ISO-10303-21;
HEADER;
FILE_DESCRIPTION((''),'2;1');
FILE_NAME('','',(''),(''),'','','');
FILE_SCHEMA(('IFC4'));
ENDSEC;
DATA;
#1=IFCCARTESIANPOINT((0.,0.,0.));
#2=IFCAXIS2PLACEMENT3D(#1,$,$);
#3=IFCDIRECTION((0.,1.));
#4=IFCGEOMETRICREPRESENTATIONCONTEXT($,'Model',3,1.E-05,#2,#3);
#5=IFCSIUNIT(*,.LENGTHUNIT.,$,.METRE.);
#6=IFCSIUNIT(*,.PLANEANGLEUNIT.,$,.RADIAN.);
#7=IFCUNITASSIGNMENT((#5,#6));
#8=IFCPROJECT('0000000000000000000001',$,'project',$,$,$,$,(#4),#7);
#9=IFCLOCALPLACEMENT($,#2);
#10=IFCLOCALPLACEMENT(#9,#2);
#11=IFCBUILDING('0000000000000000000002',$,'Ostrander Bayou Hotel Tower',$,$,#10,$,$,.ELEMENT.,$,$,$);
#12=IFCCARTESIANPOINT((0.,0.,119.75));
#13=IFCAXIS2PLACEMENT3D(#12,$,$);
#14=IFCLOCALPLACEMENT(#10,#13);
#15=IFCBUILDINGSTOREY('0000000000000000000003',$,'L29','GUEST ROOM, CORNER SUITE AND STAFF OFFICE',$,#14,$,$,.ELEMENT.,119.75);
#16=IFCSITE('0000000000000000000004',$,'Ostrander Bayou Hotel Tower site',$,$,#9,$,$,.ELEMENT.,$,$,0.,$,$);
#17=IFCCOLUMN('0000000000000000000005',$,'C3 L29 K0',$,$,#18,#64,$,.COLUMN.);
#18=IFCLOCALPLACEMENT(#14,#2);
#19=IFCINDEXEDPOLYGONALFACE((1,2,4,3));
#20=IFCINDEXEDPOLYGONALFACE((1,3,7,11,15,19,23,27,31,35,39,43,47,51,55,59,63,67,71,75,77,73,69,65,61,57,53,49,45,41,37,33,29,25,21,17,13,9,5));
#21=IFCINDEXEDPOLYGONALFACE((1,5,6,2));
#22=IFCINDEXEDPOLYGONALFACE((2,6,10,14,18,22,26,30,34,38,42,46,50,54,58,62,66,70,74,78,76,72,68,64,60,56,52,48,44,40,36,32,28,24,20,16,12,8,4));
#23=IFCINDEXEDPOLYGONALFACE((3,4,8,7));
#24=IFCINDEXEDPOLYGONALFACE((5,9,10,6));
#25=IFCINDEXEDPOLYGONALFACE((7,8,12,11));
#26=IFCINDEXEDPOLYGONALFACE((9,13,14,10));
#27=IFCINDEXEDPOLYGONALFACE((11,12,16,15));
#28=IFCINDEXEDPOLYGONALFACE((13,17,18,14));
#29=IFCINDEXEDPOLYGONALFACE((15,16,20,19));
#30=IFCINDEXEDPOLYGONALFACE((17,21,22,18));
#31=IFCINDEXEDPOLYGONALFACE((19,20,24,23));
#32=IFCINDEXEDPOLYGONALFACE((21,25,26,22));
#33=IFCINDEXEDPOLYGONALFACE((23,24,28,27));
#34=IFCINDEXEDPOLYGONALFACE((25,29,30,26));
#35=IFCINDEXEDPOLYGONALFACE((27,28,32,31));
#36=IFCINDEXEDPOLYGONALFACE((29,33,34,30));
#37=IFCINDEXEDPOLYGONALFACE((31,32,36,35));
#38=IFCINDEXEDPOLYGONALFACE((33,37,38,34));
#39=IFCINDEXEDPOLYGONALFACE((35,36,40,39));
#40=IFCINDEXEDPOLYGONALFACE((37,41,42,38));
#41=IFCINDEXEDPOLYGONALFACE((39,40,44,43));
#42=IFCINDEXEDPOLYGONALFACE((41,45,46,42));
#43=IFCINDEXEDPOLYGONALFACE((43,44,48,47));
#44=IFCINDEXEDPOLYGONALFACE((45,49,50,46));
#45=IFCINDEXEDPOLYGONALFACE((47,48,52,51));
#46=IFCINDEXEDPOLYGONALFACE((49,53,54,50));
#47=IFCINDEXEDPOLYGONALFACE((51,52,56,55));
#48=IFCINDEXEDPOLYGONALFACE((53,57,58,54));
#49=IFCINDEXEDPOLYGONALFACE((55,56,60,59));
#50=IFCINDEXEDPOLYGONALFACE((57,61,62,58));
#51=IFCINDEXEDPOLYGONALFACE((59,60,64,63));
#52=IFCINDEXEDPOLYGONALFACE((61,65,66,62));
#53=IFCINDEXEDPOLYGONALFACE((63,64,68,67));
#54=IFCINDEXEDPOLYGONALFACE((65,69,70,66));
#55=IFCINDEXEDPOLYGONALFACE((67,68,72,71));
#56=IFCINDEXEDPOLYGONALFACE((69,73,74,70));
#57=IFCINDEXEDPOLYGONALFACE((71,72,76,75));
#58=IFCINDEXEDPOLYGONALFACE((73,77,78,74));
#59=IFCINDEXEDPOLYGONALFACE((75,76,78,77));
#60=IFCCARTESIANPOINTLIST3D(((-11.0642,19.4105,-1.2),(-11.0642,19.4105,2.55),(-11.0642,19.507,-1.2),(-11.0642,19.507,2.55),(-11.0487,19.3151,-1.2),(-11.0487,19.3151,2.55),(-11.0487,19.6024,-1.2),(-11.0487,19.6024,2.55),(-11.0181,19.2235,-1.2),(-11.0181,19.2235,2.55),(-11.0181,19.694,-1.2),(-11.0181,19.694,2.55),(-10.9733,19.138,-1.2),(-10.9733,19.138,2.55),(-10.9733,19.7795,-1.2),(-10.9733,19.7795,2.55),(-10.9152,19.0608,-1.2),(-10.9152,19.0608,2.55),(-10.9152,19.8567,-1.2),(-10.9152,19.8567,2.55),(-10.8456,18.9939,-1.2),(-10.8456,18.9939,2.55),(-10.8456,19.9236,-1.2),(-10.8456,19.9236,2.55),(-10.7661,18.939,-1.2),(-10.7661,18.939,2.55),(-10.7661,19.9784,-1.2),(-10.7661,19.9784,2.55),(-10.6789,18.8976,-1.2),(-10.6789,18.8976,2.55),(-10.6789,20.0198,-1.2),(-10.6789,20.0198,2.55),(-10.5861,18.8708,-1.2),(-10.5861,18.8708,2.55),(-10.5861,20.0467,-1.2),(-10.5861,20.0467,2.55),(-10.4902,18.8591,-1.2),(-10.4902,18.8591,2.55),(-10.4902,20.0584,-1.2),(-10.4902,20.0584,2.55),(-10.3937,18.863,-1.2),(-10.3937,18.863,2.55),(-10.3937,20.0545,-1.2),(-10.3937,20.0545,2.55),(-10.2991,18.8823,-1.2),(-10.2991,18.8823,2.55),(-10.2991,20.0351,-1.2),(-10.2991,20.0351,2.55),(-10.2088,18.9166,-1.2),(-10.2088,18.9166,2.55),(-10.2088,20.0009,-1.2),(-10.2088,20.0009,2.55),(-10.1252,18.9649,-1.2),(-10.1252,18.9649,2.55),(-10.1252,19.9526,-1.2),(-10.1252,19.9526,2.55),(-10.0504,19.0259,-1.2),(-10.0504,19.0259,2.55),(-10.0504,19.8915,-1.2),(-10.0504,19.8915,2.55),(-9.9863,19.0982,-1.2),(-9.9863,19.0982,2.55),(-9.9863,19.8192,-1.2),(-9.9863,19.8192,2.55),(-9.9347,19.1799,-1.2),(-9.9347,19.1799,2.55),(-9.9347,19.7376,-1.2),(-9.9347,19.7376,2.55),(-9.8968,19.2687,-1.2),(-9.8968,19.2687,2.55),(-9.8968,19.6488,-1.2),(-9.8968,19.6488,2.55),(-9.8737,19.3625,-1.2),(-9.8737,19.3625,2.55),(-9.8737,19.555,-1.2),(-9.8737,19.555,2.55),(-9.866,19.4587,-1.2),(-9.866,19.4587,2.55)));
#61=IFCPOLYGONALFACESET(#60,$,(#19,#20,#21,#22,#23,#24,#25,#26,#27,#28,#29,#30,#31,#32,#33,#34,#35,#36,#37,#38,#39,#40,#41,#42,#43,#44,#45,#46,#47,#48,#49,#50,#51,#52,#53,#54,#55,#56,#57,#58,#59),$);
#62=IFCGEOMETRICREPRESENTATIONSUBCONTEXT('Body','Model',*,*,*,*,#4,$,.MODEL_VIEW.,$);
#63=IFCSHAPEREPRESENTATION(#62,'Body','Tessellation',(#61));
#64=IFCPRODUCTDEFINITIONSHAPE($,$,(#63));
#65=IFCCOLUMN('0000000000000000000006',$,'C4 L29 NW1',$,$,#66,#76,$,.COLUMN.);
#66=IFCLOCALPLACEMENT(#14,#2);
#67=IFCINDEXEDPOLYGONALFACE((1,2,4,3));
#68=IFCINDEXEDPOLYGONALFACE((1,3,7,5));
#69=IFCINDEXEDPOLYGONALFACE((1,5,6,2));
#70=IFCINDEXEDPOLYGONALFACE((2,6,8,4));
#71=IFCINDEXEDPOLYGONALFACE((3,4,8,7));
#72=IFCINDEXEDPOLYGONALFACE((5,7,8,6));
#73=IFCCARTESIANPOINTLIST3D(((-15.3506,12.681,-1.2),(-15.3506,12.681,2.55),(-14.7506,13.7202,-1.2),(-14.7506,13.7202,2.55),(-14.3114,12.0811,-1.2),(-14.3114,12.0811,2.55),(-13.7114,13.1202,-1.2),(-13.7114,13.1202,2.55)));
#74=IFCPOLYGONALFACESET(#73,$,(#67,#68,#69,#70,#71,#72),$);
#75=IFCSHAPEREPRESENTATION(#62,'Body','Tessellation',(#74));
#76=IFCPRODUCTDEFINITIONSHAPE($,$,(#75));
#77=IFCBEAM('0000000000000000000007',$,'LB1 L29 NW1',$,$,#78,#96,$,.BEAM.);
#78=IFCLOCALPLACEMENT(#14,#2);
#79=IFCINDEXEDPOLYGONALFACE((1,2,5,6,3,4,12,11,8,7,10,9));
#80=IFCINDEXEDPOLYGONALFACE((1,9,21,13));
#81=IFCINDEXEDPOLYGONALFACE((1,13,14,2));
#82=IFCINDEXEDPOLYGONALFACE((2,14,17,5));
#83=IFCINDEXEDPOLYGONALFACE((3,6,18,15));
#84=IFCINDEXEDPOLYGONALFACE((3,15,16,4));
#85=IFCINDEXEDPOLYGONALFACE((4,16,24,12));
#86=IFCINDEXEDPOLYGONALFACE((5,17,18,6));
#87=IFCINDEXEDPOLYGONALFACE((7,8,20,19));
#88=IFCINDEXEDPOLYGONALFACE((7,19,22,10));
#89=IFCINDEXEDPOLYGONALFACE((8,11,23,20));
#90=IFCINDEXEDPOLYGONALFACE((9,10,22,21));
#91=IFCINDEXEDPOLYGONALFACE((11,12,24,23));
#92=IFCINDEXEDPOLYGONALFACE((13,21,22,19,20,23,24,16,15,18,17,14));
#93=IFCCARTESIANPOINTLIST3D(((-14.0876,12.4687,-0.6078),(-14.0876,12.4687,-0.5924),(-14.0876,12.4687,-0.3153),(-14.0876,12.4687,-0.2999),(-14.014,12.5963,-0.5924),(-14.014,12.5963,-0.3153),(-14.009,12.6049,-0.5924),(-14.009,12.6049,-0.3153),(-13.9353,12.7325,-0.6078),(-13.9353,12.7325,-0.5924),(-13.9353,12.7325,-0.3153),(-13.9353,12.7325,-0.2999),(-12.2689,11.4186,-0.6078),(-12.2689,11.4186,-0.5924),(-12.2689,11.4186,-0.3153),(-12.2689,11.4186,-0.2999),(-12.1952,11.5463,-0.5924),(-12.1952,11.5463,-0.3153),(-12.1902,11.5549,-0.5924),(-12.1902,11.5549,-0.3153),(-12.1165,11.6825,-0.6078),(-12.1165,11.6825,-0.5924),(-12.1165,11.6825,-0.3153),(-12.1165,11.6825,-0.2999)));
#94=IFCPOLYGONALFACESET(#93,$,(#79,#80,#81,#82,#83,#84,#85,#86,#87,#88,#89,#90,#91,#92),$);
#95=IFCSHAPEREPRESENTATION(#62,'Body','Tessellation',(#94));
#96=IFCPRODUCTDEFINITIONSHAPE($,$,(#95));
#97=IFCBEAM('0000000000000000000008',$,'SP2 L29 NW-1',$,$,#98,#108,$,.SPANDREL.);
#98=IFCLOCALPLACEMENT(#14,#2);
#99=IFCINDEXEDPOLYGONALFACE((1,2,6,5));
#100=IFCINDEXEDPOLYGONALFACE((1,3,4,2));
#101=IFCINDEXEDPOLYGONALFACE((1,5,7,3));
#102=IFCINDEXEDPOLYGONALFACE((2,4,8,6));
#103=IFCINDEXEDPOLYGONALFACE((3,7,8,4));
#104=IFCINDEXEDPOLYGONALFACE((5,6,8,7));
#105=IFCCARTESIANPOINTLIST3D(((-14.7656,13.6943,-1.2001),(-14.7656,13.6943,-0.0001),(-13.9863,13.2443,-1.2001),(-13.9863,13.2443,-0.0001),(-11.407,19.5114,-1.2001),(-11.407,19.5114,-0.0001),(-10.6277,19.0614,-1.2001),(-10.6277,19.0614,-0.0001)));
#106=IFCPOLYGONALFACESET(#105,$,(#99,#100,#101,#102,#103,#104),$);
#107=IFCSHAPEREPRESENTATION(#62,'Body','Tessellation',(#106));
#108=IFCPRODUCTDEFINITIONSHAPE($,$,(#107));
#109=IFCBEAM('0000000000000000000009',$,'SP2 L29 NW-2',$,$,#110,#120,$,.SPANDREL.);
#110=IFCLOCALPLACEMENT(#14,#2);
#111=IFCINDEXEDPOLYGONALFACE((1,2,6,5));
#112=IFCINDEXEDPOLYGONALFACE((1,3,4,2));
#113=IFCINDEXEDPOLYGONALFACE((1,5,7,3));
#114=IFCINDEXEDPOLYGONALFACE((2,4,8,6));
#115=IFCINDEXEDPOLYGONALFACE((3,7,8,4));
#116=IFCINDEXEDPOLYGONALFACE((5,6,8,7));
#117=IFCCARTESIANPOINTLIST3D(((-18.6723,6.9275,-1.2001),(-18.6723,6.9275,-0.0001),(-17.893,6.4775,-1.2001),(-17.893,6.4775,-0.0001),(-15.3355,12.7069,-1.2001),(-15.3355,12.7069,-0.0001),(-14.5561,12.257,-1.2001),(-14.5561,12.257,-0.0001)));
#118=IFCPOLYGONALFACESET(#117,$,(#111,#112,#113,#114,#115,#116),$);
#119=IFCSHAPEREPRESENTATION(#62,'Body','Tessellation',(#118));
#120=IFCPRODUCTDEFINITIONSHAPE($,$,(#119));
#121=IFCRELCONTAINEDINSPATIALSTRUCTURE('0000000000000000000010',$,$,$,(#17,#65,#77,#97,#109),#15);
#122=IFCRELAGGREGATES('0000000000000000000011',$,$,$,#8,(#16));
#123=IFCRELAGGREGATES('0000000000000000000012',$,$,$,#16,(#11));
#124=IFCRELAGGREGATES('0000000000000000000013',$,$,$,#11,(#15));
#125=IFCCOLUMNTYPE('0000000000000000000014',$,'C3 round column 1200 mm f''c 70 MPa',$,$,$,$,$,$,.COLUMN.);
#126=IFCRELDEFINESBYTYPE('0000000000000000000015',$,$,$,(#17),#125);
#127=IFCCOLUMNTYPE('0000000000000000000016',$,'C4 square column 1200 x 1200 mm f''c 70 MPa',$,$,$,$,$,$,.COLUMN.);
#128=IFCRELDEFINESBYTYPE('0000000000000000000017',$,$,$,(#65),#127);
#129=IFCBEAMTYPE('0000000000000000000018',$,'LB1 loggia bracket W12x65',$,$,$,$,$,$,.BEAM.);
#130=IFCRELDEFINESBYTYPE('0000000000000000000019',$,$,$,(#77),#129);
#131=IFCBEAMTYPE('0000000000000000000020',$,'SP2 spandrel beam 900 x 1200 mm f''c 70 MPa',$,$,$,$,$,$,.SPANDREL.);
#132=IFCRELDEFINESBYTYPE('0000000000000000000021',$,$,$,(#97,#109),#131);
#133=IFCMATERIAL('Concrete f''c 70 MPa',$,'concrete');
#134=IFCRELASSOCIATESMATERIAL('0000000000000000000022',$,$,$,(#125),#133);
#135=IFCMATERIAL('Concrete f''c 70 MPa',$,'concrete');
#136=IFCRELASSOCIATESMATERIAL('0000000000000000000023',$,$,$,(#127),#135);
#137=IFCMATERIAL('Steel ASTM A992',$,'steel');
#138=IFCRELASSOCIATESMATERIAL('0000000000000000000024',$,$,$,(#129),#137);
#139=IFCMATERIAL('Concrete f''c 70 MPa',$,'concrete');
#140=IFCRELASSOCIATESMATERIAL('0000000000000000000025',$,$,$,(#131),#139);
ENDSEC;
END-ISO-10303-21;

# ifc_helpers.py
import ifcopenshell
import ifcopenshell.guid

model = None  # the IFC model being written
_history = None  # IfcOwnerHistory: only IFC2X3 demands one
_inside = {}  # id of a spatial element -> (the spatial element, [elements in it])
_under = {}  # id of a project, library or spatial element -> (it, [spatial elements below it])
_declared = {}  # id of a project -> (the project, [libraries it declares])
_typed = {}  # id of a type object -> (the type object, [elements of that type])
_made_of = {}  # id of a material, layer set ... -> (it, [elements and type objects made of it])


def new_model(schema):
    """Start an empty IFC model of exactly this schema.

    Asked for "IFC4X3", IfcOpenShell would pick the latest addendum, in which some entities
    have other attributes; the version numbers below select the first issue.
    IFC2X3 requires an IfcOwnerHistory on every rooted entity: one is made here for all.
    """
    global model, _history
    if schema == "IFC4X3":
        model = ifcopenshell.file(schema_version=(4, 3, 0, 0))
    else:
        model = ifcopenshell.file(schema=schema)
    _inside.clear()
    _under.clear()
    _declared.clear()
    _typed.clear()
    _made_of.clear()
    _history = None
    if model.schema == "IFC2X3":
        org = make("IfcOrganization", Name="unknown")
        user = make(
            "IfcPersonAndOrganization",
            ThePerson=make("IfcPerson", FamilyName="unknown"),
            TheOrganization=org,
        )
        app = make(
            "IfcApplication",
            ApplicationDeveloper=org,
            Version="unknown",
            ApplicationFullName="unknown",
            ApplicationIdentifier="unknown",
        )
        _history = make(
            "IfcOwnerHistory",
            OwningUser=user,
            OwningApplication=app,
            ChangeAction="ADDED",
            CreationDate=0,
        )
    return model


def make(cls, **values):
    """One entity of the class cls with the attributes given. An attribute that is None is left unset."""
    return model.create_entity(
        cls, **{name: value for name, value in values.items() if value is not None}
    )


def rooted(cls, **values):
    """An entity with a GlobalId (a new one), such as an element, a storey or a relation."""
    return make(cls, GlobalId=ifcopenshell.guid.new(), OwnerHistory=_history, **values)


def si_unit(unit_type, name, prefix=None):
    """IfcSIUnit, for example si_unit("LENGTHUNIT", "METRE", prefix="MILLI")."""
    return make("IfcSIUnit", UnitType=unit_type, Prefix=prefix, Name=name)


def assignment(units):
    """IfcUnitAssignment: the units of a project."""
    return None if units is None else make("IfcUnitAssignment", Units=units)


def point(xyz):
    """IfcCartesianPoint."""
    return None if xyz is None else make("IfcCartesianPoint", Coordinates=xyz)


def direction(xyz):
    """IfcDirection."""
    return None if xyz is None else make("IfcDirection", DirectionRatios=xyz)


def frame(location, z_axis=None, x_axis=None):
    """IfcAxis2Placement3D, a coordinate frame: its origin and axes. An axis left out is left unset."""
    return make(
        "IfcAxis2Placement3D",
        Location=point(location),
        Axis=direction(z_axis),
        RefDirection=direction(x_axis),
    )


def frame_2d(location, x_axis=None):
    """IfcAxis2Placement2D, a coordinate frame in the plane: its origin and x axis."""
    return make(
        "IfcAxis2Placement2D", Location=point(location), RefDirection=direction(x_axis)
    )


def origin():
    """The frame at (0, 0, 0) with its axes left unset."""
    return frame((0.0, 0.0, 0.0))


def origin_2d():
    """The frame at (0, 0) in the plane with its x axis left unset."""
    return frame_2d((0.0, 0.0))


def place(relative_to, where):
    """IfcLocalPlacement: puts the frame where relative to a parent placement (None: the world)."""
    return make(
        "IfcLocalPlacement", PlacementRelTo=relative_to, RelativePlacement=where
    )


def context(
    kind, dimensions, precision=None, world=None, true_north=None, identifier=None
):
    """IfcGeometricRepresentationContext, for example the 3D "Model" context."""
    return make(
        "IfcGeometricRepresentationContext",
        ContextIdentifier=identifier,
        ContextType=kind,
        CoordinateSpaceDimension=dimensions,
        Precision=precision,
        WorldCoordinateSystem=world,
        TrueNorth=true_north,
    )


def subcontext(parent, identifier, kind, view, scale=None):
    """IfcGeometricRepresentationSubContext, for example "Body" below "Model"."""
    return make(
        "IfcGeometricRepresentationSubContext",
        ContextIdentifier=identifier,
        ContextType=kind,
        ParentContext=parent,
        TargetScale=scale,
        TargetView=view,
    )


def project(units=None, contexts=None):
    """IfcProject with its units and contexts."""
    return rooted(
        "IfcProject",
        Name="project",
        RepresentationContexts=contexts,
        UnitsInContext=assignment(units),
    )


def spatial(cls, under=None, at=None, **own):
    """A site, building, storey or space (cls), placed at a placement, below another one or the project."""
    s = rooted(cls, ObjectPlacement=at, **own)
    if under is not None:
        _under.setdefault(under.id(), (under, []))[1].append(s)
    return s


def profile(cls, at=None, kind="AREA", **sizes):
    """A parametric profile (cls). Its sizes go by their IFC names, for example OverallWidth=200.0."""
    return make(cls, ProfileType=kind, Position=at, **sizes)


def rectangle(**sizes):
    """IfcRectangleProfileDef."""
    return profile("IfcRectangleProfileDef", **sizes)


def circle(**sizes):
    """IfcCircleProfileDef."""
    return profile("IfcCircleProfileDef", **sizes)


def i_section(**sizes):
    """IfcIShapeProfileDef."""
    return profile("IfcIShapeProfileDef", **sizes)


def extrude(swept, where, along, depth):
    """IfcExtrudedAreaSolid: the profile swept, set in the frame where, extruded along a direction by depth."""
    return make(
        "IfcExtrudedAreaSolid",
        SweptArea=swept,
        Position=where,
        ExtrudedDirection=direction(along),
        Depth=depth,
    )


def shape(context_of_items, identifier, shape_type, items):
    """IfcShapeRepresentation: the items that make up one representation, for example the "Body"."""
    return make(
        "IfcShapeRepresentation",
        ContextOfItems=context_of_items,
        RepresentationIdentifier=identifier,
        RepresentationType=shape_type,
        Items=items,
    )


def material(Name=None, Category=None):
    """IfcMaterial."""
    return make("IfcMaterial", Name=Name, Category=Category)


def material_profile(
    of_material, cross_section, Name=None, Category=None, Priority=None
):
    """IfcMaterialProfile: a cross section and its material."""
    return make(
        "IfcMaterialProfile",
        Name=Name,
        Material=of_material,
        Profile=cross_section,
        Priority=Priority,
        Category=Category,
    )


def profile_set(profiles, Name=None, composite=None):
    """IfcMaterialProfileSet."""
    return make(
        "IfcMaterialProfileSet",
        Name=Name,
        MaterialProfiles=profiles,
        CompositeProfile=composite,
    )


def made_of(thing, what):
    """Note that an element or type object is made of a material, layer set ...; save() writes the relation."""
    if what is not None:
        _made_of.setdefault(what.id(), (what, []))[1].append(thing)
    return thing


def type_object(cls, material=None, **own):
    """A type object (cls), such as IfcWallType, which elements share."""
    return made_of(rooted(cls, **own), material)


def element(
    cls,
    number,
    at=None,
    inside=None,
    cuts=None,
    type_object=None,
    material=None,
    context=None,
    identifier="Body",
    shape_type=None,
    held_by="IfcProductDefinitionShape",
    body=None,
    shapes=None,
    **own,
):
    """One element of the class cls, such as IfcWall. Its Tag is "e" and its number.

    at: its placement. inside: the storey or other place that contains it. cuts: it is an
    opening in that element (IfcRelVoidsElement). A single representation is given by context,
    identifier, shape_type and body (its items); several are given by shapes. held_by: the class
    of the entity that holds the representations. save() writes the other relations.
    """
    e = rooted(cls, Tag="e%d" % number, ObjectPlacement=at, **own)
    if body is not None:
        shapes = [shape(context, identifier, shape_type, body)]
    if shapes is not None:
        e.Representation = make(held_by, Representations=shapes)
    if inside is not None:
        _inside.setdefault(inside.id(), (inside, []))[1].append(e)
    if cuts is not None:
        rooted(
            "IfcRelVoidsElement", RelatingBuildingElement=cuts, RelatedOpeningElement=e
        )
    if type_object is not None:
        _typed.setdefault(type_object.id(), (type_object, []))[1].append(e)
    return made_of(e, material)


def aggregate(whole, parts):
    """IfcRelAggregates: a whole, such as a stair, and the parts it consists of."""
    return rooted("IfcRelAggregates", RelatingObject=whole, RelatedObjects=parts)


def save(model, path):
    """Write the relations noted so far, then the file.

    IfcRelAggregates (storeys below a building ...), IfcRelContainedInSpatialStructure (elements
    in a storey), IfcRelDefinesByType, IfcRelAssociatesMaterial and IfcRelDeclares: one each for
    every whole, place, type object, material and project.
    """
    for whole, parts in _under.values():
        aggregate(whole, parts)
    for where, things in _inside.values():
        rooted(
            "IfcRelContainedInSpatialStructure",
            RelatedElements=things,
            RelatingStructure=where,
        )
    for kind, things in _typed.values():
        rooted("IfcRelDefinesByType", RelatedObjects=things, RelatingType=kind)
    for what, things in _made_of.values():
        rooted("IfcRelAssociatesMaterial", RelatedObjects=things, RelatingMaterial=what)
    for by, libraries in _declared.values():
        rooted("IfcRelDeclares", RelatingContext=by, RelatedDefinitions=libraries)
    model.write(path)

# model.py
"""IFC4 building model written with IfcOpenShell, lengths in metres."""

from ifc_helpers import new_model, si_unit, direction, frame, origin, origin_2d, place, context, subcontext, project, spatial, rectangle, circle, i_section, extrude, material, material_profile, profile_set, type_object, element, save


model = new_model("IFC4")

# Units and contexts
model_context = context("Model", 3, precision=1e-05, world=origin(), true_north=direction((0.0, 1.0)))
body_context = subcontext(model_context, "Body", "Model", "MODEL_VIEW")
ifc_project = project(units=[si_unit("LENGTHUNIT", "METRE"), si_unit("PLANEANGLEUNIT", "RADIAN")], contexts=[model_context])

# Site, building, storey
site_placement = place(None, origin())
site = spatial("IfcSite", under=ifc_project, at=site_placement, Name="Ostrander Bayou Hotel Tower site", CompositionType="ELEMENT", RefElevation=0.0)
building_placement = place(site_placement, origin())
building = spatial("IfcBuilding", under=site, at=building_placement, Name="Ostrander Bayou Hotel Tower", CompositionType="ELEMENT")
storey_placement = place(building_placement, frame((0.0, 0.0, 119.75)))
storey = spatial("IfcBuildingStorey", under=building, at=storey_placement, Name="L29", Description="GUEST ROOM, CORNER SUITE AND STAFF OFFICE", CompositionType="ELEMENT", Elevation=119.75)

# Columns
ifc_material_1 = material(Name="Concrete f'c 70 MPa", Category="concrete")
ifc_material_profile_1 = material_profile(ifc_material_1, circle(Radius=0.6001, at=origin_2d()))
ifc_profile_set_1 = profile_set([ifc_material_profile_1], Name="Concrete f'c 70 MPa")
column_type_1 = type_object("IfcColumnType", Name="C3 round column 1200 mm f'c 70 MPa", PredefinedType="COLUMN", material=ifc_profile_set_1)
column_1_placement = place(storey_placement, frame((-10.4661, 19.4587, -1.2), z_axis=(0.0, 0.0, 1.0), x_axis=(1.0, 0.0, 0.0)))
element("IfcColumn", 1, at=column_1_placement, inside=storey, type_object=column_type_1, Name="C3 L29 K0", PredefinedType="COLUMN", context=body_context, shape_type="SweptSolid", body=[
    extrude(circle(Radius=0.6001, at=origin_2d()), origin(), (0.0, 0.0, 1.0), 3.75),
])
ifc_material_2 = material(Name="Concrete f'c 70 MPa", Category="concrete")
ifc_material_profile_2 = material_profile(ifc_material_2, rectangle(XDim=1.2, YDim=1.2, at=origin_2d()))
ifc_profile_set_2 = profile_set([ifc_material_profile_2], Name="Concrete f'c 70 MPa")
column_type_2 = type_object("IfcColumnType", Name="C4 square column 1200 x 1200 mm f'c 70 MPa", PredefinedType="COLUMN", material=ifc_profile_set_2)
column_2_placement = place(storey_placement, frame((-14.531, 12.9006, -1.2), z_axis=(0.0, 0.0, 1.0), x_axis=(0.5, 0.866025, 0.0)))
element("IfcColumn", 2, at=column_2_placement, inside=storey, type_object=column_type_2, Name="C4 L29 NW1", PredefinedType="COLUMN", context=body_context, shape_type="SweptSolid", body=[
    extrude(rectangle(XDim=1.2, YDim=1.2, at=origin_2d()), origin(), (0.0, 0.0, 1.0), 3.75),
])

# Beams
ifc_material_3 = material(Name="Steel ASTM A992", Category="steel")
ifc_material_profile_3 = material_profile(ifc_material_3, i_section(OverallWidth=0.3047, OverallDepth=0.3079, WebThickness=0.01, FlangeThickness=0.0154, at=origin_2d()))
ifc_profile_set_3 = profile_set([ifc_material_profile_3], Name="Steel ASTM A992")
beam_type_1 = type_object("IfcBeamType", Name="LB1 loggia bracket W12x65", PredefinedType="BEAM", material=ifc_profile_set_3)
beam_1_placement = place(storey_placement, frame((-14.0115, 12.6006, -0.4539), z_axis=(0.866038, -0.499977, 0.0), x_axis=(0.499977, 0.866038, 0.0)))
element("IfcBeam", 3, at=beam_1_placement, inside=storey, type_object=beam_type_1, Name="LB1 L29 NW1", PredefinedType="BEAM", context=body_context, shape_type="SweptSolid", body=[
    extrude(i_section(OverallWidth=0.3047, OverallDepth=0.3079, WebThickness=0.01, FlangeThickness=0.0154, at=origin_2d()), origin(), (0.0, 0.0, 1.0), 2.1001),
])
ifc_material_4 = material(Name="Concrete f'c 70 MPa", Category="concrete")
ifc_material_profile_4 = material_profile(ifc_material_4, rectangle(XDim=0.8999, YDim=1.2, at=origin_2d()))
ifc_profile_set_4 = profile_set([ifc_material_profile_4], Name="Concrete f'c 70 MPa")
beam_type_2 = type_object("IfcBeamType", Name="SP2 spandrel beam 900 x 1200 mm f'c 70 MPa", PredefinedType="SPANDREL", material=ifc_profile_set_4)
beam_2_placement = place(storey_placement, frame((-11.0173, 19.2864, -0.6001), z_axis=(-0.500013, -0.866018, 0.0), x_axis=(0.866018, -0.500013, 0.0)))
element("IfcBeam", 4, at=beam_2_placement, inside=storey, type_object=beam_type_2, Name="SP2 L29 NW-1", PredefinedType="SPANDREL", context=body_context, shape_type="SweptSolid", body=[
    extrude(rectangle(XDim=0.8999, YDim=1.2, at=origin_2d()), origin(), (0.0, 0.0, 1.0), 6.717),
])
beam_3_placement = place(storey_placement, frame((-14.9458, 12.4819, -0.6001), z_axis=(-0.500011, -0.866019, 0.0), x_axis=(0.866019, -0.500011, 0.0)))
element("IfcBeam", 5, at=beam_3_placement, inside=storey, type_object=beam_type_2, Name="SP2 L29 NW-2", PredefinedType="SPANDREL", context=body_context, shape_type="SweptSolid", body=[
    extrude(rectangle(XDim=0.8999, YDim=1.2, at=origin_2d()), origin(), (0.0, 0.0, 1.0), 6.6736),
])

save(model, "model.ifc")
